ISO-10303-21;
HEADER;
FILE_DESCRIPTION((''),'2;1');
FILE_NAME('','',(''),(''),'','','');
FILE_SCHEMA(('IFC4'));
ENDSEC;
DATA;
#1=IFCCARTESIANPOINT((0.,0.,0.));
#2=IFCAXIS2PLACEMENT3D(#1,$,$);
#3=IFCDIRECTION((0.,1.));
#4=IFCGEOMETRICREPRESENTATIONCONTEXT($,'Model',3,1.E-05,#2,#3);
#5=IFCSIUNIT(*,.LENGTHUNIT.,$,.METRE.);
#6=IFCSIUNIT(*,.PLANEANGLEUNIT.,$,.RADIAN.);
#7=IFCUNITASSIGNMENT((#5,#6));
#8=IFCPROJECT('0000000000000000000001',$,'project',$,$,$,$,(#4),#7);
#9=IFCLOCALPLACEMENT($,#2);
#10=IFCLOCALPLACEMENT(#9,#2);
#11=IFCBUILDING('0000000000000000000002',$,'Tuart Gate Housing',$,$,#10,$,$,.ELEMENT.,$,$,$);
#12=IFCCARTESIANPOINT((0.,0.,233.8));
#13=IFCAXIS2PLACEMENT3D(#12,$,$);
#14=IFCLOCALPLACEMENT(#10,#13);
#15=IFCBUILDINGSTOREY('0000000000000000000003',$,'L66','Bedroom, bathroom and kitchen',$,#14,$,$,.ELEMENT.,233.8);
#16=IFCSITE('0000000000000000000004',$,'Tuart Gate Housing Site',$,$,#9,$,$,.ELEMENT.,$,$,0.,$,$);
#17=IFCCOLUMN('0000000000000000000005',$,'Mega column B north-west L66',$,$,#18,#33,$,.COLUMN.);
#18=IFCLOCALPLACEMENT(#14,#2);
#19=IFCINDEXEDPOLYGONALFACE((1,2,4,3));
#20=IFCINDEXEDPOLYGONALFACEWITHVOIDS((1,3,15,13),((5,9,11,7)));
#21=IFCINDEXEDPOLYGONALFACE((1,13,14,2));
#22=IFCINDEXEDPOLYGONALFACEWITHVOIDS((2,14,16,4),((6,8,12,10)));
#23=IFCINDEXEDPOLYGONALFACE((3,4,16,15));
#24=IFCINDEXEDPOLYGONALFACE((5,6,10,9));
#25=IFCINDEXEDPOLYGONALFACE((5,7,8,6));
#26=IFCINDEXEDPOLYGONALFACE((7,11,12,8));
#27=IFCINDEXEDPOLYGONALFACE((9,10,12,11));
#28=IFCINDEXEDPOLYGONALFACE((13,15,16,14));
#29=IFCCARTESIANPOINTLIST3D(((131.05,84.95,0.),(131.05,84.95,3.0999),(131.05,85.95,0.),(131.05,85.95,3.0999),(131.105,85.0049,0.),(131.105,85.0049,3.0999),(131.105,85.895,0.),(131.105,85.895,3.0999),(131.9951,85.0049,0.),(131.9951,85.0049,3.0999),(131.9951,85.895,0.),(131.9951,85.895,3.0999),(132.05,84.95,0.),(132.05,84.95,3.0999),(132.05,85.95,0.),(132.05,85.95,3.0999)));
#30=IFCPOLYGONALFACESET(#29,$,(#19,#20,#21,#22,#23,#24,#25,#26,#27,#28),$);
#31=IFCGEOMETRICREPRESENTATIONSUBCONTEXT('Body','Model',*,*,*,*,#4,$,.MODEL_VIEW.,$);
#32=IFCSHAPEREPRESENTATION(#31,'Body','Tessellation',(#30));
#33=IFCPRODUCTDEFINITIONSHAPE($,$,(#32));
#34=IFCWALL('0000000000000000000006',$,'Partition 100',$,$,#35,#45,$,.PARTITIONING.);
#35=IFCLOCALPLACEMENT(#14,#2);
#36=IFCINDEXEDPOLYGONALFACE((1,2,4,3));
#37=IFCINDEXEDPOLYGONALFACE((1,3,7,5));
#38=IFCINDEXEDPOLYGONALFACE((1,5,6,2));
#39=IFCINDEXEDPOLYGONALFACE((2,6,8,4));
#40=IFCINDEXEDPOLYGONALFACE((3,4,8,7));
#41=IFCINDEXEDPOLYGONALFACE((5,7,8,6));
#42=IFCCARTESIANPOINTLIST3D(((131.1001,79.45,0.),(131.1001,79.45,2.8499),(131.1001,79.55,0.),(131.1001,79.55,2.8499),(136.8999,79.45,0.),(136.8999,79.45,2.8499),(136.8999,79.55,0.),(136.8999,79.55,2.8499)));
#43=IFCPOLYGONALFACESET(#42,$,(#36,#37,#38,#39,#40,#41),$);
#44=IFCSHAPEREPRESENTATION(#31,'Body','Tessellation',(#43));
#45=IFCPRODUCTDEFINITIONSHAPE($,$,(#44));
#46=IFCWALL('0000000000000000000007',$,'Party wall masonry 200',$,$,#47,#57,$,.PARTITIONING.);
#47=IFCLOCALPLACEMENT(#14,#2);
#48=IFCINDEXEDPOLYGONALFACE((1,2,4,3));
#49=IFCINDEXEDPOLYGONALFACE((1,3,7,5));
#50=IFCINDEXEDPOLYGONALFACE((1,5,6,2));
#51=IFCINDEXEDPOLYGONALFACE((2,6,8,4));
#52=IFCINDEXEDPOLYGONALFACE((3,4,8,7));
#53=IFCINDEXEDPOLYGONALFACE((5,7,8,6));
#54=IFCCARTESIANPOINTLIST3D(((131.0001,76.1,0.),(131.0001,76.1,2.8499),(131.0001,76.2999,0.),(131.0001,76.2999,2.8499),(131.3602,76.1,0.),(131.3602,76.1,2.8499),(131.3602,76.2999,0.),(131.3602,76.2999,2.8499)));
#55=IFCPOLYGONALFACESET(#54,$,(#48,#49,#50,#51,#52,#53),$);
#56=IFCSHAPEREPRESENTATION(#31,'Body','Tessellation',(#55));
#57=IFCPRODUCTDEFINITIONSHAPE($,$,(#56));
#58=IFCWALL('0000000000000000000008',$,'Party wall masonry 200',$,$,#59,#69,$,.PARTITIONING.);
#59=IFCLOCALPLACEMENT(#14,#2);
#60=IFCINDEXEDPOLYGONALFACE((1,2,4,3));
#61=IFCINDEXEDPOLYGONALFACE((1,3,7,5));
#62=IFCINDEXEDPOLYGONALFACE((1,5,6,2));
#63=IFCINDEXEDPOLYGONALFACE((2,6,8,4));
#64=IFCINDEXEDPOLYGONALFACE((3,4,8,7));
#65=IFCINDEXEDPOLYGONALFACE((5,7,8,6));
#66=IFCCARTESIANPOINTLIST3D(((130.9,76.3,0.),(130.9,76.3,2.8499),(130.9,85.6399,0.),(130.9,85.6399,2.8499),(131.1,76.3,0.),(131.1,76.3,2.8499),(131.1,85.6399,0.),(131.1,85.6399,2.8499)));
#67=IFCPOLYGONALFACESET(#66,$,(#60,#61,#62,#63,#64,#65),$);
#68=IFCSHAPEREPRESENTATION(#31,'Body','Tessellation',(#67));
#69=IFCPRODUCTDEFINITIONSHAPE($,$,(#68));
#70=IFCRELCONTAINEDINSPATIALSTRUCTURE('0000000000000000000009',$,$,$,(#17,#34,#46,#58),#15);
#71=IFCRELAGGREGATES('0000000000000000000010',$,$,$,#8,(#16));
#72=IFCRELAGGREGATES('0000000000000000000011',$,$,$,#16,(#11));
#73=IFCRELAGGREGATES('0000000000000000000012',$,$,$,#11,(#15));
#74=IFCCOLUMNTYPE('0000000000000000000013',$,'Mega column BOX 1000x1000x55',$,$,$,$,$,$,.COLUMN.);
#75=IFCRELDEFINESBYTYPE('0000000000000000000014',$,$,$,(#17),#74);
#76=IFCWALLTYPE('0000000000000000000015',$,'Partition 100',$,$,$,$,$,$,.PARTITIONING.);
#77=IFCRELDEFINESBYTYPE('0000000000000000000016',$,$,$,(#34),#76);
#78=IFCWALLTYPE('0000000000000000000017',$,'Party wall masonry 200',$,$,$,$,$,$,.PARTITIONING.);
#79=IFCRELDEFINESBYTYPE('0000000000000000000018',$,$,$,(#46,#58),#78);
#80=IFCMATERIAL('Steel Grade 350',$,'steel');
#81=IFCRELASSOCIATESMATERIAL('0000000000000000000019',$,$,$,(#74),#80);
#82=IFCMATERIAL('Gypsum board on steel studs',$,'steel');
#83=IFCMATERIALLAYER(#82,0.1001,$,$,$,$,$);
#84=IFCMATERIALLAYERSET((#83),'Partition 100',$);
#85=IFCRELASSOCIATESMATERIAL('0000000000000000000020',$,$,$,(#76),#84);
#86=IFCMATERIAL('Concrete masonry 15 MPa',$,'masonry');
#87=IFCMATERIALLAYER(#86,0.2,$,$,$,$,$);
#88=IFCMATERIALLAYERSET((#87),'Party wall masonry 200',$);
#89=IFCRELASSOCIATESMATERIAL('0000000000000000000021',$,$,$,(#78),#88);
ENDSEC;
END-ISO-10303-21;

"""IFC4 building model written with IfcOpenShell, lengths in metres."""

from ifc_helpers import new_model, si_unit, direction, frame, frame_2d, origin, origin_2d, place, context, subcontext, project, spatial, rectangle, hollow_rectangle, extrude, material, layer, layer_set, material_profile, profile_set, type_object, element, save


model = new_model("IFC4")

# Units and contexts
model_context = context("Model", 3, precision=1e-05, world=origin(), true_north=direction((0.0, 1.0)))
body_context = subcontext(model_context, "Body", "Model", "MODEL_VIEW")
ifc_project = project(units=[si_unit("LENGTHUNIT", "METRE"), si_unit("PLANEANGLEUNIT", "RADIAN")], contexts=[model_context])

# Site, building, storey
site_placement = place(None, origin())
site = spatial("IfcSite", under=ifc_project, at=site_placement, Name="Tuart Gate Housing Site", CompositionType="ELEMENT", RefElevation=0.0)
building_placement = place(site_placement, origin())
building = spatial("IfcBuilding", under=site, at=building_placement, Name="Tuart Gate Housing", CompositionType="ELEMENT")
storey_placement = place(building_placement, frame((0.0, 0.0, 233.8)))
storey = spatial("IfcBuildingStorey", under=building, at=storey_placement, Name="L66", Description="Bedroom, bathroom and kitchen", CompositionType="ELEMENT", Elevation=233.8)

# Column
ifc_material_1 = material(Name="Steel Grade 350", Category="steel")
ifc_material_profile = material_profile(ifc_material_1, hollow_rectangle(XDim=1.0, YDim=1.0, WallThickness=0.0549, at=origin_2d()), Name="BOX 1000x1000x55")
ifc_profile_set = profile_set([ifc_material_profile], Name="Steel Grade 350")
column_type = type_object("IfcColumnType", Name="Mega column BOX 1000x1000x55", PredefinedType="COLUMN", material=ifc_profile_set)
column_placement = place(storey_placement, frame((131.55, 85.45, 0.0), z_axis=(0.0, 0.0, 1.0), x_axis=(1.0, 0.0, 0.0)))
element("IfcColumn", 1, at=column_placement, inside=storey, type_object=column_type, Name="Mega column B north-west L66", PredefinedType="COLUMN", context=body_context, shape_type="SweptSolid", body=[
    extrude(hollow_rectangle(XDim=1.0, YDim=1.0, WallThickness=0.0549, at=origin_2d()), origin(), (0.0, 0.0, 1.0), 3.0999),
])

# Walls
ifc_material_2 = material(Name="Gypsum board on steel studs", Category="steel")
ifc_layer_1 = layer(ifc_material_2, 0.1001)
ifc_layer_set_1 = layer_set([ifc_layer_1], Name="Partition 100")
wall_type_1 = type_object("IfcWallType", Name="Partition 100", PredefinedType="PARTITIONING", material=ifc_layer_set_1)
wall_1_placement = place(storey_placement, frame((131.1001, 79.5, 0.0), z_axis=(0.0, 0.0, 1.0), x_axis=(1.0, 0.0, 0.0)))
element("IfcWall", 2, at=wall_1_placement, inside=storey, type_object=wall_type_1, Name="Partition 100", PredefinedType="PARTITIONING", context=body_context, shape_type="SweptSolid", body=[
    extrude(rectangle(XDim=5.7998, YDim=0.1001, at=frame_2d((2.8999, 0.0))), origin(), (0.0, 0.0, 1.0), 2.8499),
])
ifc_material_3 = material(Name="Concrete masonry 15 MPa", Category="masonry")
ifc_layer_2 = layer(ifc_material_3, 0.2)
ifc_layer_set_2 = layer_set([ifc_layer_2], Name="Party wall masonry 200")
wall_type_2 = type_object("IfcWallType", Name="Party wall masonry 200", PredefinedType="PARTITIONING", material=ifc_layer_set_2)
wall_2_placement = place(storey_placement, frame((131.0, 76.2, 0.0), z_axis=(0.0, 0.0, 1.0), x_axis=(1.0, 0.0, 0.0)))
element("IfcWall", 3, at=wall_2_placement, inside=storey, type_object=wall_type_2, Name="Party wall masonry 200", PredefinedType="PARTITIONING", context=body_context, shape_type="SweptSolid", body=[
    extrude(rectangle(XDim=0.3601, YDim=0.2, at=frame_2d((0.1802, 0.0))), origin(), (0.0, 0.0, 1.0), 2.8499),
])
wall_3_placement = place(storey_placement, frame((131.0, 76.3, 0.0), z_axis=(0.0, 0.0, 1.0), x_axis=(0.0, 1.0, 0.0)))
element("IfcWall", 4, at=wall_3_placement, inside=storey, type_object=wall_type_2, Name="Party wall masonry 200", PredefinedType="PARTITIONING", context=body_context, shape_type="SweptSolid", body=[
    extrude(rectangle(XDim=9.3398, YDim=0.2, at=frame_2d((4.6699, 0.0))), origin(), (0.0, 0.0, 1.0), 2.8499),
])

save(model, "model.ifc")
